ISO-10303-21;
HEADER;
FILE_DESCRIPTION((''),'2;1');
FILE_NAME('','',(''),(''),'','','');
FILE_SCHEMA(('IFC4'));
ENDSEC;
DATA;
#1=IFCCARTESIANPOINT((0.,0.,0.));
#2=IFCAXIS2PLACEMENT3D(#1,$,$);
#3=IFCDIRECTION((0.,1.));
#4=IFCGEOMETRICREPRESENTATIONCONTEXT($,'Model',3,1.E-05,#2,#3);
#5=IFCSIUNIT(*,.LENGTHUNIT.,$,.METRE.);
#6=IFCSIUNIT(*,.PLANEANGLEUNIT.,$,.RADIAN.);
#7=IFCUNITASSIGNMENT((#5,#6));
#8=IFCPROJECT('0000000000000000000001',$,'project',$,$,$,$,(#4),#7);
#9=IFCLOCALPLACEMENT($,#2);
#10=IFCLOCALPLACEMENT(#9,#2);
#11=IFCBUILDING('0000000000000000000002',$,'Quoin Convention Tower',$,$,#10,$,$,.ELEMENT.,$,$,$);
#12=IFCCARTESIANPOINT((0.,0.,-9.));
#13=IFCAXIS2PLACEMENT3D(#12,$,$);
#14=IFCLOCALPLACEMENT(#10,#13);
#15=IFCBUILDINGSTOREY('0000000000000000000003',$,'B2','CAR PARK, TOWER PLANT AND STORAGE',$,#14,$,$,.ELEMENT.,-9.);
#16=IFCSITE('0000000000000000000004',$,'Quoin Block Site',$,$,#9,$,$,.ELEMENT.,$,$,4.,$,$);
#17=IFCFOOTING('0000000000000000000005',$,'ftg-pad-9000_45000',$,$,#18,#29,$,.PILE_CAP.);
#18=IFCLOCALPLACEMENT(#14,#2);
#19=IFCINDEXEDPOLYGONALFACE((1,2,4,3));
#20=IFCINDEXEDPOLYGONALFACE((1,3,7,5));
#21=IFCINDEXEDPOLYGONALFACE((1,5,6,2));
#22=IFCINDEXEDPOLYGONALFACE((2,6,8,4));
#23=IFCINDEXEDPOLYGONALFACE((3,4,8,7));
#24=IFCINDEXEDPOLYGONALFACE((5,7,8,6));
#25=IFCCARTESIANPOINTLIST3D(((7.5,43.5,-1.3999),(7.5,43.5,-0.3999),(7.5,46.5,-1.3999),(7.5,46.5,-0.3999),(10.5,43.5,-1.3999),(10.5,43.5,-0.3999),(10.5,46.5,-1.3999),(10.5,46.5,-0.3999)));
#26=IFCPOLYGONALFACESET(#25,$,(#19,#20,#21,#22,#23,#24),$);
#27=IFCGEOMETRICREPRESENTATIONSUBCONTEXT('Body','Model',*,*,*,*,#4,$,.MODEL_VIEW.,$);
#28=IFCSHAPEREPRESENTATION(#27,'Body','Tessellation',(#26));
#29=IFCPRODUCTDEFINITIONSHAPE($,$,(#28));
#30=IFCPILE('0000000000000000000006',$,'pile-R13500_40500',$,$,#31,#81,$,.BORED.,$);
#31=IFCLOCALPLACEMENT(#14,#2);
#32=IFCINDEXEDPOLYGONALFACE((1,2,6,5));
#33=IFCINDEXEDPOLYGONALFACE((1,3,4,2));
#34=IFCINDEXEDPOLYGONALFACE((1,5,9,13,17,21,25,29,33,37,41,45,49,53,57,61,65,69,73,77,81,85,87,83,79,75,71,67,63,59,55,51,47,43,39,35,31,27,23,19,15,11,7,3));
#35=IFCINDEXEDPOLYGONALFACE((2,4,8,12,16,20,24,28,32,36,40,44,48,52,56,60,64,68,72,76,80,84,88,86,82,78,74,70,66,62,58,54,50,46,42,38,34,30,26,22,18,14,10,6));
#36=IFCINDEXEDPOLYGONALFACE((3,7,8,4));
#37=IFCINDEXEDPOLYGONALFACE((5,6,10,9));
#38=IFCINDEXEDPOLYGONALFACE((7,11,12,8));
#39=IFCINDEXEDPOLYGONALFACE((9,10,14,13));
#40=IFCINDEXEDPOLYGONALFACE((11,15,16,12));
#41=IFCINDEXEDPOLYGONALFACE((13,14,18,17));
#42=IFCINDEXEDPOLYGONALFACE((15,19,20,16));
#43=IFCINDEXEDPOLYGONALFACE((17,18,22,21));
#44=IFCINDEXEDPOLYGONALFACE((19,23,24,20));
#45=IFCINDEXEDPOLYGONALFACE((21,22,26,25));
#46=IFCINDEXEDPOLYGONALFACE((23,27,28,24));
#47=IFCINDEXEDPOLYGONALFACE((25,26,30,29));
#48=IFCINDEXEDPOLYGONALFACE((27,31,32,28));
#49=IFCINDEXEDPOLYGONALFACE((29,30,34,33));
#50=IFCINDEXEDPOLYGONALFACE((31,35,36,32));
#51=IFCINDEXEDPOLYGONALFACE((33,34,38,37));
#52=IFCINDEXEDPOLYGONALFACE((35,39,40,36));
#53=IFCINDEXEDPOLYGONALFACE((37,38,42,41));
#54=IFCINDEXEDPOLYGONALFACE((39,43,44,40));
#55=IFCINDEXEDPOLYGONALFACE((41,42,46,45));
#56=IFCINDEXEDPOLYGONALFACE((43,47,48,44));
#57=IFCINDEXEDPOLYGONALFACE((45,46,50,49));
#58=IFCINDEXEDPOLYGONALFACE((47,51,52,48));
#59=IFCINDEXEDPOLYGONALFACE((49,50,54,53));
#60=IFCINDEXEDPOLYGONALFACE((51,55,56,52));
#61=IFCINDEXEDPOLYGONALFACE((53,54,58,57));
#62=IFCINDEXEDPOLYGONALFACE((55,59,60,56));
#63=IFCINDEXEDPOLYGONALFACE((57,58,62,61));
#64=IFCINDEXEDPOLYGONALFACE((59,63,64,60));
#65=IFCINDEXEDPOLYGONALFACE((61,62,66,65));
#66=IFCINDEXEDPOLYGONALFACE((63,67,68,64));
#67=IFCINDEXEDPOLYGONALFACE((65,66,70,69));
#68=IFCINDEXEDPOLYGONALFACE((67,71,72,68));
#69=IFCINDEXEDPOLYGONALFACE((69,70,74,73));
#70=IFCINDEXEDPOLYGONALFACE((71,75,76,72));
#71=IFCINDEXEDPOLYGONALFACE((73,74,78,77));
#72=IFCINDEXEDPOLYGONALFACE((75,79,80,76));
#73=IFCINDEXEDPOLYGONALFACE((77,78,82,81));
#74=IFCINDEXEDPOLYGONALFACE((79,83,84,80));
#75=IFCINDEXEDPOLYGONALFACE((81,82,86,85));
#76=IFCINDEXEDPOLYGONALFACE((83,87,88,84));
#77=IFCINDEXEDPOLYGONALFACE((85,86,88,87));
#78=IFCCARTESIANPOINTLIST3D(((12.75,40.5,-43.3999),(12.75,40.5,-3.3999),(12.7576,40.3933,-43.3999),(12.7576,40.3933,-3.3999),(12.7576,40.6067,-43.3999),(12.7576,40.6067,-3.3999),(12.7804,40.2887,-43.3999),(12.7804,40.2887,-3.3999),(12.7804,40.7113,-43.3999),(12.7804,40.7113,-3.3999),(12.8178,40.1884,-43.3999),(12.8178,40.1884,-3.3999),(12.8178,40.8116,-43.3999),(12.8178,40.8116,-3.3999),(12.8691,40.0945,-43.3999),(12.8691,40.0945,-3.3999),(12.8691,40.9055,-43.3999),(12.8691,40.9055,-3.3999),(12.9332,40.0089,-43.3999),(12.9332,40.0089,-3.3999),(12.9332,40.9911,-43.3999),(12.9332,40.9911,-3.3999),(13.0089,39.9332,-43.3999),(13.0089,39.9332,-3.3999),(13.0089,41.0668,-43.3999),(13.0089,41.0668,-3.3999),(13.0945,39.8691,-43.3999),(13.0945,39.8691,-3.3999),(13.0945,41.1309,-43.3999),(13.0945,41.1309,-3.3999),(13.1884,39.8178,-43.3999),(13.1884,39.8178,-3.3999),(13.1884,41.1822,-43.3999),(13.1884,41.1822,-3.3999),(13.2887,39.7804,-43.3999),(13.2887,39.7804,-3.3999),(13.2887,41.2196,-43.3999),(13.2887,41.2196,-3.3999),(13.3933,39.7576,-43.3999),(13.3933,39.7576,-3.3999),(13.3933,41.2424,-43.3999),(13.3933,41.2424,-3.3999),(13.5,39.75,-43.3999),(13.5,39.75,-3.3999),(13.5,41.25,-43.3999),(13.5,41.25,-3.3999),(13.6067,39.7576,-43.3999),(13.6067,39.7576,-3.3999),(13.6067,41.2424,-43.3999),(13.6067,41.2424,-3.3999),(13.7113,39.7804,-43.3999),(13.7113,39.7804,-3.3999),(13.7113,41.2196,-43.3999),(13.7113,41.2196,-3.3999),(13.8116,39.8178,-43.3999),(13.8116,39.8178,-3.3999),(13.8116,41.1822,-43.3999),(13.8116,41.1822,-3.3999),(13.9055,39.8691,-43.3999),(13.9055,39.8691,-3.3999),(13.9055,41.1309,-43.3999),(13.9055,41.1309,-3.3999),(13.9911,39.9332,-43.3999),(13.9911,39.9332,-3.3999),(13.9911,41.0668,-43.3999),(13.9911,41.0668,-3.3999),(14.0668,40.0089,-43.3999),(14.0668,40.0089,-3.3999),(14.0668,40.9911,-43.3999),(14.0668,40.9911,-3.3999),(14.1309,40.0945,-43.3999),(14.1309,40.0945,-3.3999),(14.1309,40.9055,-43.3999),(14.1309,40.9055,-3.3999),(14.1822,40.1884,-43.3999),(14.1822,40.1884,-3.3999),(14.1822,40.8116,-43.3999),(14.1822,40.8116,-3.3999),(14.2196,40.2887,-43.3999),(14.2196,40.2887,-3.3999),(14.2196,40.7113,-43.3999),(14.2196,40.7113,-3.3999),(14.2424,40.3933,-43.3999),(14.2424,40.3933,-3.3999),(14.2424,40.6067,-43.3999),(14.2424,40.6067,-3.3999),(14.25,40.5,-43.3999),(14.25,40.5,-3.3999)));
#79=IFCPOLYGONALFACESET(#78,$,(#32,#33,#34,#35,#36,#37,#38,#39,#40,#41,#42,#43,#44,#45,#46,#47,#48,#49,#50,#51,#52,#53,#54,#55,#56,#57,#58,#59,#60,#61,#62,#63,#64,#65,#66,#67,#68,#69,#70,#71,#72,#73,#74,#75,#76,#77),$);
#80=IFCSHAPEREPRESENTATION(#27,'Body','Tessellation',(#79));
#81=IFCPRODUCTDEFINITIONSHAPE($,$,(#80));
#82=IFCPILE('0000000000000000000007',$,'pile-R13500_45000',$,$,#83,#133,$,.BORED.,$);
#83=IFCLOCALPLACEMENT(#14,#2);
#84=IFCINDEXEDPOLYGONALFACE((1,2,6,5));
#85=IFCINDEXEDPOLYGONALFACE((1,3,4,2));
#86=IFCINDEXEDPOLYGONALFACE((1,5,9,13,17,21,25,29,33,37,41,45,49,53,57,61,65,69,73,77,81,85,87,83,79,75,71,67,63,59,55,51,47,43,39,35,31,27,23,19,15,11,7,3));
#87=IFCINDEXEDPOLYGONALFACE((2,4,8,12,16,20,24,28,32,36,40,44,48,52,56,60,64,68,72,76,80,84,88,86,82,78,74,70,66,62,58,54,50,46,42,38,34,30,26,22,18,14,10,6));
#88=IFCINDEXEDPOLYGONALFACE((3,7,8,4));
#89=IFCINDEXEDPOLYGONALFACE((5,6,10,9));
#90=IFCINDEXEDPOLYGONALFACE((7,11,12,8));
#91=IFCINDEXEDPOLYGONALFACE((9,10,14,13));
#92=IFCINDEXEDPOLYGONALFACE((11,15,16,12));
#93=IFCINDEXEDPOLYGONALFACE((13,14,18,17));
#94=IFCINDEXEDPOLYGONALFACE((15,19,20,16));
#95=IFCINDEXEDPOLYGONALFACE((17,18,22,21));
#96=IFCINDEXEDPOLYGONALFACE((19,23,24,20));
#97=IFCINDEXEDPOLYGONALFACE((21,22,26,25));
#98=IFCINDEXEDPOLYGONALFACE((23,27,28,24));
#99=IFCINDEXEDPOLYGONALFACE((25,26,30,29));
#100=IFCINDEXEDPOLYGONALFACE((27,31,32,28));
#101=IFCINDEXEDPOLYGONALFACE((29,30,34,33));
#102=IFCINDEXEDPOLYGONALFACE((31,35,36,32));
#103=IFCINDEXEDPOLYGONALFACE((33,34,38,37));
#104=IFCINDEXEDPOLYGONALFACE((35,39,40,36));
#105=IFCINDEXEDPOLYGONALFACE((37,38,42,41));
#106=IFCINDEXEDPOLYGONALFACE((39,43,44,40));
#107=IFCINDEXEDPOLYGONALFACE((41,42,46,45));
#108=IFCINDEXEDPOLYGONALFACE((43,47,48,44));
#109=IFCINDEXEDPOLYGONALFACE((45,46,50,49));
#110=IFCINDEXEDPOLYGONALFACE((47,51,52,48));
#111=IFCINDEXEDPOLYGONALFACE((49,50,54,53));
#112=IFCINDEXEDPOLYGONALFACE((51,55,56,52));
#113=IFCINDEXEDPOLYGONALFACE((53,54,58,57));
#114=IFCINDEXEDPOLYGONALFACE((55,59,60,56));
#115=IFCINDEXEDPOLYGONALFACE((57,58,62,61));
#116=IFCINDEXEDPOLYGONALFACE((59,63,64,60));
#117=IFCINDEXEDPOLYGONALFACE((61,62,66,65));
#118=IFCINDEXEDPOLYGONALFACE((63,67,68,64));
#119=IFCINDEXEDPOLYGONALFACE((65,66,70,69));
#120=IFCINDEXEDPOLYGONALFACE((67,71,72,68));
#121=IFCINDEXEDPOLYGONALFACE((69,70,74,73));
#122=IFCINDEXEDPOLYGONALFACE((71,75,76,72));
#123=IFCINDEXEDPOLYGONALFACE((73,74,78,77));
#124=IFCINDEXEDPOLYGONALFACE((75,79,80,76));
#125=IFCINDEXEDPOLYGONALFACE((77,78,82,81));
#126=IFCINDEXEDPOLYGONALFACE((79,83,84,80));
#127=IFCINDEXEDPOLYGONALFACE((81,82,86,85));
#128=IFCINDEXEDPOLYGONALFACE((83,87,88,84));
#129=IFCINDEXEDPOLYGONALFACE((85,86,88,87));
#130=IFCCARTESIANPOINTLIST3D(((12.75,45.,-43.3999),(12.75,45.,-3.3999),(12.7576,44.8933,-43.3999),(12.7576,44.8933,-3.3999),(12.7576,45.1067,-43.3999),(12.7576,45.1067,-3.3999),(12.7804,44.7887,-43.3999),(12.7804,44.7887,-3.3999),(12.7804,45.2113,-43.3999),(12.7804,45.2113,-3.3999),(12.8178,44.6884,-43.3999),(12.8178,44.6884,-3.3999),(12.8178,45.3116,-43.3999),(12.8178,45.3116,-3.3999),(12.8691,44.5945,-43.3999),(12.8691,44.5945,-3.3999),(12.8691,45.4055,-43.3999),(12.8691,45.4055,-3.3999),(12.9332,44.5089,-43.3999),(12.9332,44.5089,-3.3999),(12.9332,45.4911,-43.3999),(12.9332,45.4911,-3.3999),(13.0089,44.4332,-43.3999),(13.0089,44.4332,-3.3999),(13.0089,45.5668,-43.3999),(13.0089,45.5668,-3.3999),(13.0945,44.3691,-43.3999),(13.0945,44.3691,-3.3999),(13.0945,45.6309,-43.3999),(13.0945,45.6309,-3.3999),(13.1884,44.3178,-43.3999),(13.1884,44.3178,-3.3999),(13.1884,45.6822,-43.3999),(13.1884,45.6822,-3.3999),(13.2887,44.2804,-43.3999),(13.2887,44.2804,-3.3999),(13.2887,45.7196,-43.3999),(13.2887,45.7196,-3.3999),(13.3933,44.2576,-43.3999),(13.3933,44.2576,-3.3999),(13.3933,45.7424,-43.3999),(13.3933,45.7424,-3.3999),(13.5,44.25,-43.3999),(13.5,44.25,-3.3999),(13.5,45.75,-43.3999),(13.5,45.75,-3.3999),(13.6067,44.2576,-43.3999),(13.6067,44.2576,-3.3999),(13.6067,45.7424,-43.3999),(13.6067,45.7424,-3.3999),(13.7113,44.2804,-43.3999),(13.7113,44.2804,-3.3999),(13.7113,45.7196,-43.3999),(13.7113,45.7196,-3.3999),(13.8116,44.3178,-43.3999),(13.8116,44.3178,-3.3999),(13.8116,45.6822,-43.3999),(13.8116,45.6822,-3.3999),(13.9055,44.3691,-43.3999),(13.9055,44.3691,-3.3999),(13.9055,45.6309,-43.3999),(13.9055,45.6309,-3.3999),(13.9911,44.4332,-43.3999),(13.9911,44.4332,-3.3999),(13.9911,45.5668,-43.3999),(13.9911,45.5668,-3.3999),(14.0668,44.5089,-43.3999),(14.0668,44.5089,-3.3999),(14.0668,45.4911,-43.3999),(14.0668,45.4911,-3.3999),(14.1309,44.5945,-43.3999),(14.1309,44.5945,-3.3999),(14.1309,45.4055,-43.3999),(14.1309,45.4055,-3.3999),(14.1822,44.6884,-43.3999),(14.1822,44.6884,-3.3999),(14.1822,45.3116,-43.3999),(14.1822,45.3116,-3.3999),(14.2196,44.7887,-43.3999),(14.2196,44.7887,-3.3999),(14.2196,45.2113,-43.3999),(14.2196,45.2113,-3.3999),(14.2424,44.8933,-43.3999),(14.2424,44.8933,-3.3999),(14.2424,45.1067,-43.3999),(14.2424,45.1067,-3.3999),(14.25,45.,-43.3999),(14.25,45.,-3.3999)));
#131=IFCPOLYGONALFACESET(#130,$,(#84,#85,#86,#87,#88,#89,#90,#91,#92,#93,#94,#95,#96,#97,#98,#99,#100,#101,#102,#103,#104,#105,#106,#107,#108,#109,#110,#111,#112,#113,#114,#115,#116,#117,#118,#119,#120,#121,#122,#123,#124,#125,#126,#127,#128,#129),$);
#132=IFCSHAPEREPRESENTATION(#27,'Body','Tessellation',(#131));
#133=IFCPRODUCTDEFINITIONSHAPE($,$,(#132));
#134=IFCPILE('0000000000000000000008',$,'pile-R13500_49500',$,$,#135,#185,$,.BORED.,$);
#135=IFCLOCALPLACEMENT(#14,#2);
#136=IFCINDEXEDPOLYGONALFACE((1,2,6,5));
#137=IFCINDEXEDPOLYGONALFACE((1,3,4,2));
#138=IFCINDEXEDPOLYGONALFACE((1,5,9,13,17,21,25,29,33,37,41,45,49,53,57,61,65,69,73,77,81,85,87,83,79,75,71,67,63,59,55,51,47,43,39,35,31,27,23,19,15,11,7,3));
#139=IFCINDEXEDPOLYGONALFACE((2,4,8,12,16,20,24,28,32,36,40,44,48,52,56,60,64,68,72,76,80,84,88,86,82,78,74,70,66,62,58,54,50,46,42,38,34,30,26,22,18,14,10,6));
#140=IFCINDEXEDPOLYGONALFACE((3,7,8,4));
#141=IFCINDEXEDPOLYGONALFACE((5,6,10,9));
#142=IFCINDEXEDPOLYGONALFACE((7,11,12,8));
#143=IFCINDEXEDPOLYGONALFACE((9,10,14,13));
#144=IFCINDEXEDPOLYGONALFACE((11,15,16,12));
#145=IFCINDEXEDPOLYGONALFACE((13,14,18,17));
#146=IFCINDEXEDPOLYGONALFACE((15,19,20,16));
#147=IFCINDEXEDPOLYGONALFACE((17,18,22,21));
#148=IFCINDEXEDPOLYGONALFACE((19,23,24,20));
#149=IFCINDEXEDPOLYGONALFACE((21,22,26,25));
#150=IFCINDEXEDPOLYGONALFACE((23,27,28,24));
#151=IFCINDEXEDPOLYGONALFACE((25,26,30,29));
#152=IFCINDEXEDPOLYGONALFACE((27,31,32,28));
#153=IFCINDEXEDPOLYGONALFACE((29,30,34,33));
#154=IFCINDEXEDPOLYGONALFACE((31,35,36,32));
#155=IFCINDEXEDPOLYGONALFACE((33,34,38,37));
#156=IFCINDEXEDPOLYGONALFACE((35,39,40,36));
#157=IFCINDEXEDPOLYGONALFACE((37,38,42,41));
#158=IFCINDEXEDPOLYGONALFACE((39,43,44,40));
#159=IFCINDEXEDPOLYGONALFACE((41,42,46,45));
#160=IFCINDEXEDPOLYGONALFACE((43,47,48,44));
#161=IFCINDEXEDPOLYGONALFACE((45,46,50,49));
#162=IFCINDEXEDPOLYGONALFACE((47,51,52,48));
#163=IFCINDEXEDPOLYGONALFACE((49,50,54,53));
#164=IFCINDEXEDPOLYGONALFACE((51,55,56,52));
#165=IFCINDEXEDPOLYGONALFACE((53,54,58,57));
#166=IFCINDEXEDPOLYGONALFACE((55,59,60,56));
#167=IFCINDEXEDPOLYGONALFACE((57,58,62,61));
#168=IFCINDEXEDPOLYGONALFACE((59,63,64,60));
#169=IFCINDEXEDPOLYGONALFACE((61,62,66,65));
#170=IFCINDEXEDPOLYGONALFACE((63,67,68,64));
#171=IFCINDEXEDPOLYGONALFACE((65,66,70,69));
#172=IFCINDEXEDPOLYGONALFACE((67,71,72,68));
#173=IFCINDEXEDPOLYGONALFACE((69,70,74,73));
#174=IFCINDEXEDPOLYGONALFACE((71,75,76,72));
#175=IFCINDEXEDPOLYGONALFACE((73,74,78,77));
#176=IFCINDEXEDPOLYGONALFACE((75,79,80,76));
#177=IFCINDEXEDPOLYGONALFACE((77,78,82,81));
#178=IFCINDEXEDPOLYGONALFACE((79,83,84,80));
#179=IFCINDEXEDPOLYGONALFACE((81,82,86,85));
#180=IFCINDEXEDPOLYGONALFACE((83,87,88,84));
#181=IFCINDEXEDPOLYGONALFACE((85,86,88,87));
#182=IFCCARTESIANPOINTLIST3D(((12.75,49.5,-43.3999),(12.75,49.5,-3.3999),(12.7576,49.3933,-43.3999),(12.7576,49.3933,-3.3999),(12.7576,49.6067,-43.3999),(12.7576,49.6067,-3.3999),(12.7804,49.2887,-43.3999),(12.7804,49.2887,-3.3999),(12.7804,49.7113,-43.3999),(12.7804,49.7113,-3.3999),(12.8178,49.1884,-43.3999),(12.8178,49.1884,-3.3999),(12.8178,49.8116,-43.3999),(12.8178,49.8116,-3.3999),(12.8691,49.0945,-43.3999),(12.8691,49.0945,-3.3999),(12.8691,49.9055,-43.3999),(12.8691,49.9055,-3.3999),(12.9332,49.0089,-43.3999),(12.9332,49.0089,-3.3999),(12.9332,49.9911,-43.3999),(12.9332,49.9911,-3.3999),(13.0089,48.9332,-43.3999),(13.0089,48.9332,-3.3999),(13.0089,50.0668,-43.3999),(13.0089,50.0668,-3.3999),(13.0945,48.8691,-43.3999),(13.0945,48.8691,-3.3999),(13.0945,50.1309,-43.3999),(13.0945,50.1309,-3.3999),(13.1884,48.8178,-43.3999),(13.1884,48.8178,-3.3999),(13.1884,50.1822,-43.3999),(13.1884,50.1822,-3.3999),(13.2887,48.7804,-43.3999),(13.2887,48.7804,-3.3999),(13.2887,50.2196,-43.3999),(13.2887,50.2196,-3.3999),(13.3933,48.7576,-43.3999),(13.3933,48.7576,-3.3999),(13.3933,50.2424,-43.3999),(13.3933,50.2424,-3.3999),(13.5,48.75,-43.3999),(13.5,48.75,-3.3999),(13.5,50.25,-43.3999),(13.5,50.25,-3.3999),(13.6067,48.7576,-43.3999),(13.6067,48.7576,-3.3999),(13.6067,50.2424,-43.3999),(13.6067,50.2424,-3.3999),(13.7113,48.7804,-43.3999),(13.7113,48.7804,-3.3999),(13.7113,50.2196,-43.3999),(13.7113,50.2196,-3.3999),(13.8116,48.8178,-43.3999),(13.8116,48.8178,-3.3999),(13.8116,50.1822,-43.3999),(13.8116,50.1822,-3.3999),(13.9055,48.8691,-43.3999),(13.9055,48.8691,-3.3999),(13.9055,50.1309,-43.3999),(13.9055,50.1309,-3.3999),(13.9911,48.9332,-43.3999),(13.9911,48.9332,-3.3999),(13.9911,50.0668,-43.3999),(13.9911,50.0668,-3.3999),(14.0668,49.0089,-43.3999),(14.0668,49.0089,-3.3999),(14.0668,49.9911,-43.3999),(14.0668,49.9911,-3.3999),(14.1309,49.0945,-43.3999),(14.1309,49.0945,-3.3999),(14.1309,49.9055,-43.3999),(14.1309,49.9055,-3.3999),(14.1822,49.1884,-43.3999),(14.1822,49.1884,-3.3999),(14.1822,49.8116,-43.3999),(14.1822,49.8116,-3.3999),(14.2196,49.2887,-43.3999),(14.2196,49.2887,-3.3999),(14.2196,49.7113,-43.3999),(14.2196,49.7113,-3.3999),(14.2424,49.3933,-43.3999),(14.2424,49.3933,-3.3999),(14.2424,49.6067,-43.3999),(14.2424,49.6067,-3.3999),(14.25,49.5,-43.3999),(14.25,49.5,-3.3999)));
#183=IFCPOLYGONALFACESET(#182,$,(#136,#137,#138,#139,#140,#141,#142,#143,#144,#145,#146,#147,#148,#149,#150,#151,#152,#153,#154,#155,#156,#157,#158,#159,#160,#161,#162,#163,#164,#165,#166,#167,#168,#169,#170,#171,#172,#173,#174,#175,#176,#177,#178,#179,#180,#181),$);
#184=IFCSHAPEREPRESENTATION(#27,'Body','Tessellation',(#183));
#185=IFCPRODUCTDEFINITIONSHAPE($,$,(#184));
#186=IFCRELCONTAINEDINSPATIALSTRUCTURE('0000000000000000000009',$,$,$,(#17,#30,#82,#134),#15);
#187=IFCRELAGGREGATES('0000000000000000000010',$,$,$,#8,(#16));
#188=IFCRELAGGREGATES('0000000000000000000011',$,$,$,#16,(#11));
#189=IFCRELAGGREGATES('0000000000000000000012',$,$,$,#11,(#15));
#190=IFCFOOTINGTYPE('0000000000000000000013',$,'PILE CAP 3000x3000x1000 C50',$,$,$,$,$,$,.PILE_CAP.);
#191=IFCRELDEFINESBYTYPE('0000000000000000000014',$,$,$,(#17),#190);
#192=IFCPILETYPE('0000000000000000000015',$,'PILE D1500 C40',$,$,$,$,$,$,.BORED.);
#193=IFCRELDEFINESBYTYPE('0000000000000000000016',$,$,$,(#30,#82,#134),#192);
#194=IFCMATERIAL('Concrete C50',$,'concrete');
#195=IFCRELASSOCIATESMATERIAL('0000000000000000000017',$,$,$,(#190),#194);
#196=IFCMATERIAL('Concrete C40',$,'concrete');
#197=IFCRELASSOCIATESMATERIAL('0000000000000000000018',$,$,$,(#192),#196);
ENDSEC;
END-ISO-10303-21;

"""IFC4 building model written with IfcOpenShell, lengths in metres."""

from ifc_helpers import new_model, si_unit, direction, frame, origin, origin_2d, place, context, subcontext, project, spatial, rectangle, circle, extrude, material, material_profile, profile_set, type_object, element, save


model = new_model("IFC4")

# Units and contexts
model_context = context("Model", 3, precision=1e-05, world=origin(), true_north=direction((0.0, 1.0)))
body_context = subcontext(model_context, "Body", "Model", "MODEL_VIEW")
ifc_project = project(units=[si_unit("LENGTHUNIT", "METRE"), si_unit("PLANEANGLEUNIT", "RADIAN")], contexts=[model_context])

# Site, building, storey
site_placement = place(None, origin())
site = spatial("IfcSite", under=ifc_project, at=site_placement, Name="Quoin Block Site", CompositionType="ELEMENT", RefElevation=4.0)
building_placement = place(site_placement, origin())
building = spatial("IfcBuilding", under=site, at=building_placement, Name="Quoin Convention Tower", CompositionType="ELEMENT")
storey_placement = place(building_placement, frame((0.0, 0.0, -9.0)))
storey = spatial("IfcBuildingStorey", under=building, at=storey_placement, Name="B2", Description="CAR PARK, TOWER PLANT AND STORAGE", CompositionType="ELEMENT", Elevation=-9.0)

# Footing
ifc_material_1 = material(Name="Concrete C50", Category="concrete")
footing_type = type_object("IfcFootingType", Name="PILE CAP 3000x3000x1000 C50", PredefinedType="PILE_CAP", material=ifc_material_1)
footing_placement = place(storey_placement, frame((9.0, 45.0, -1.3999), z_axis=(0.0, 0.0, 1.0), x_axis=(1.0, 0.0, 0.0)))
element("IfcFooting", 1, at=footing_placement, inside=storey, type_object=footing_type, Name="ftg-pad-9000_45000", PredefinedType="PILE_CAP", context=body_context, shape_type="SweptSolid", body=[
    extrude(rectangle(XDim=3.0, YDim=3.0, at=origin_2d()), origin(), (0.0, 0.0, 1.0), 1.0),
])

# Piles
ifc_material_2 = material(Name="Concrete C40", Category="concrete")
ifc_material_profile_1 = material_profile(ifc_material_2, circle(Radius=0.75, at=origin_2d()), Name="D1500")
ifc_profile_set_1 = profile_set([ifc_material_profile_1], Name="Concrete C40")
pile_type = type_object("IfcPileType", Name="PILE D1500 C40", PredefinedType="BORED", material=ifc_profile_set_1)
for number, where, z_axis, x_axis, name in (
    (2, (13.5, 40.5, -3.3999), (0.0, 0.0, -1.0), (1.0, 0.0, 0.0), "pile-R13500_40500"),
    (3, (13.5, 45.0, -3.3999), (0.0, 0.0, -1.0), (1.0, 0.0, 0.0), "pile-R13500_45000"),
    (4, (13.5, 49.5, -3.3999), (0.0, 0.0, -1.0), (1.0, 0.0, 0.0), "pile-R13500_49500"),
):
    element("IfcPile", number, at=place(storey_placement, frame(where, z_axis=z_axis, x_axis=x_axis)), inside=storey, type_object=pile_type, Name=name, PredefinedType="BORED", context=body_context, shape_type="SweptSolid", body=[
        extrude(circle(Radius=0.75, at=origin_2d()), origin(), (0.0, 0.0, 1.0), 40.0),
    ])

save(model, "model.ifc")
